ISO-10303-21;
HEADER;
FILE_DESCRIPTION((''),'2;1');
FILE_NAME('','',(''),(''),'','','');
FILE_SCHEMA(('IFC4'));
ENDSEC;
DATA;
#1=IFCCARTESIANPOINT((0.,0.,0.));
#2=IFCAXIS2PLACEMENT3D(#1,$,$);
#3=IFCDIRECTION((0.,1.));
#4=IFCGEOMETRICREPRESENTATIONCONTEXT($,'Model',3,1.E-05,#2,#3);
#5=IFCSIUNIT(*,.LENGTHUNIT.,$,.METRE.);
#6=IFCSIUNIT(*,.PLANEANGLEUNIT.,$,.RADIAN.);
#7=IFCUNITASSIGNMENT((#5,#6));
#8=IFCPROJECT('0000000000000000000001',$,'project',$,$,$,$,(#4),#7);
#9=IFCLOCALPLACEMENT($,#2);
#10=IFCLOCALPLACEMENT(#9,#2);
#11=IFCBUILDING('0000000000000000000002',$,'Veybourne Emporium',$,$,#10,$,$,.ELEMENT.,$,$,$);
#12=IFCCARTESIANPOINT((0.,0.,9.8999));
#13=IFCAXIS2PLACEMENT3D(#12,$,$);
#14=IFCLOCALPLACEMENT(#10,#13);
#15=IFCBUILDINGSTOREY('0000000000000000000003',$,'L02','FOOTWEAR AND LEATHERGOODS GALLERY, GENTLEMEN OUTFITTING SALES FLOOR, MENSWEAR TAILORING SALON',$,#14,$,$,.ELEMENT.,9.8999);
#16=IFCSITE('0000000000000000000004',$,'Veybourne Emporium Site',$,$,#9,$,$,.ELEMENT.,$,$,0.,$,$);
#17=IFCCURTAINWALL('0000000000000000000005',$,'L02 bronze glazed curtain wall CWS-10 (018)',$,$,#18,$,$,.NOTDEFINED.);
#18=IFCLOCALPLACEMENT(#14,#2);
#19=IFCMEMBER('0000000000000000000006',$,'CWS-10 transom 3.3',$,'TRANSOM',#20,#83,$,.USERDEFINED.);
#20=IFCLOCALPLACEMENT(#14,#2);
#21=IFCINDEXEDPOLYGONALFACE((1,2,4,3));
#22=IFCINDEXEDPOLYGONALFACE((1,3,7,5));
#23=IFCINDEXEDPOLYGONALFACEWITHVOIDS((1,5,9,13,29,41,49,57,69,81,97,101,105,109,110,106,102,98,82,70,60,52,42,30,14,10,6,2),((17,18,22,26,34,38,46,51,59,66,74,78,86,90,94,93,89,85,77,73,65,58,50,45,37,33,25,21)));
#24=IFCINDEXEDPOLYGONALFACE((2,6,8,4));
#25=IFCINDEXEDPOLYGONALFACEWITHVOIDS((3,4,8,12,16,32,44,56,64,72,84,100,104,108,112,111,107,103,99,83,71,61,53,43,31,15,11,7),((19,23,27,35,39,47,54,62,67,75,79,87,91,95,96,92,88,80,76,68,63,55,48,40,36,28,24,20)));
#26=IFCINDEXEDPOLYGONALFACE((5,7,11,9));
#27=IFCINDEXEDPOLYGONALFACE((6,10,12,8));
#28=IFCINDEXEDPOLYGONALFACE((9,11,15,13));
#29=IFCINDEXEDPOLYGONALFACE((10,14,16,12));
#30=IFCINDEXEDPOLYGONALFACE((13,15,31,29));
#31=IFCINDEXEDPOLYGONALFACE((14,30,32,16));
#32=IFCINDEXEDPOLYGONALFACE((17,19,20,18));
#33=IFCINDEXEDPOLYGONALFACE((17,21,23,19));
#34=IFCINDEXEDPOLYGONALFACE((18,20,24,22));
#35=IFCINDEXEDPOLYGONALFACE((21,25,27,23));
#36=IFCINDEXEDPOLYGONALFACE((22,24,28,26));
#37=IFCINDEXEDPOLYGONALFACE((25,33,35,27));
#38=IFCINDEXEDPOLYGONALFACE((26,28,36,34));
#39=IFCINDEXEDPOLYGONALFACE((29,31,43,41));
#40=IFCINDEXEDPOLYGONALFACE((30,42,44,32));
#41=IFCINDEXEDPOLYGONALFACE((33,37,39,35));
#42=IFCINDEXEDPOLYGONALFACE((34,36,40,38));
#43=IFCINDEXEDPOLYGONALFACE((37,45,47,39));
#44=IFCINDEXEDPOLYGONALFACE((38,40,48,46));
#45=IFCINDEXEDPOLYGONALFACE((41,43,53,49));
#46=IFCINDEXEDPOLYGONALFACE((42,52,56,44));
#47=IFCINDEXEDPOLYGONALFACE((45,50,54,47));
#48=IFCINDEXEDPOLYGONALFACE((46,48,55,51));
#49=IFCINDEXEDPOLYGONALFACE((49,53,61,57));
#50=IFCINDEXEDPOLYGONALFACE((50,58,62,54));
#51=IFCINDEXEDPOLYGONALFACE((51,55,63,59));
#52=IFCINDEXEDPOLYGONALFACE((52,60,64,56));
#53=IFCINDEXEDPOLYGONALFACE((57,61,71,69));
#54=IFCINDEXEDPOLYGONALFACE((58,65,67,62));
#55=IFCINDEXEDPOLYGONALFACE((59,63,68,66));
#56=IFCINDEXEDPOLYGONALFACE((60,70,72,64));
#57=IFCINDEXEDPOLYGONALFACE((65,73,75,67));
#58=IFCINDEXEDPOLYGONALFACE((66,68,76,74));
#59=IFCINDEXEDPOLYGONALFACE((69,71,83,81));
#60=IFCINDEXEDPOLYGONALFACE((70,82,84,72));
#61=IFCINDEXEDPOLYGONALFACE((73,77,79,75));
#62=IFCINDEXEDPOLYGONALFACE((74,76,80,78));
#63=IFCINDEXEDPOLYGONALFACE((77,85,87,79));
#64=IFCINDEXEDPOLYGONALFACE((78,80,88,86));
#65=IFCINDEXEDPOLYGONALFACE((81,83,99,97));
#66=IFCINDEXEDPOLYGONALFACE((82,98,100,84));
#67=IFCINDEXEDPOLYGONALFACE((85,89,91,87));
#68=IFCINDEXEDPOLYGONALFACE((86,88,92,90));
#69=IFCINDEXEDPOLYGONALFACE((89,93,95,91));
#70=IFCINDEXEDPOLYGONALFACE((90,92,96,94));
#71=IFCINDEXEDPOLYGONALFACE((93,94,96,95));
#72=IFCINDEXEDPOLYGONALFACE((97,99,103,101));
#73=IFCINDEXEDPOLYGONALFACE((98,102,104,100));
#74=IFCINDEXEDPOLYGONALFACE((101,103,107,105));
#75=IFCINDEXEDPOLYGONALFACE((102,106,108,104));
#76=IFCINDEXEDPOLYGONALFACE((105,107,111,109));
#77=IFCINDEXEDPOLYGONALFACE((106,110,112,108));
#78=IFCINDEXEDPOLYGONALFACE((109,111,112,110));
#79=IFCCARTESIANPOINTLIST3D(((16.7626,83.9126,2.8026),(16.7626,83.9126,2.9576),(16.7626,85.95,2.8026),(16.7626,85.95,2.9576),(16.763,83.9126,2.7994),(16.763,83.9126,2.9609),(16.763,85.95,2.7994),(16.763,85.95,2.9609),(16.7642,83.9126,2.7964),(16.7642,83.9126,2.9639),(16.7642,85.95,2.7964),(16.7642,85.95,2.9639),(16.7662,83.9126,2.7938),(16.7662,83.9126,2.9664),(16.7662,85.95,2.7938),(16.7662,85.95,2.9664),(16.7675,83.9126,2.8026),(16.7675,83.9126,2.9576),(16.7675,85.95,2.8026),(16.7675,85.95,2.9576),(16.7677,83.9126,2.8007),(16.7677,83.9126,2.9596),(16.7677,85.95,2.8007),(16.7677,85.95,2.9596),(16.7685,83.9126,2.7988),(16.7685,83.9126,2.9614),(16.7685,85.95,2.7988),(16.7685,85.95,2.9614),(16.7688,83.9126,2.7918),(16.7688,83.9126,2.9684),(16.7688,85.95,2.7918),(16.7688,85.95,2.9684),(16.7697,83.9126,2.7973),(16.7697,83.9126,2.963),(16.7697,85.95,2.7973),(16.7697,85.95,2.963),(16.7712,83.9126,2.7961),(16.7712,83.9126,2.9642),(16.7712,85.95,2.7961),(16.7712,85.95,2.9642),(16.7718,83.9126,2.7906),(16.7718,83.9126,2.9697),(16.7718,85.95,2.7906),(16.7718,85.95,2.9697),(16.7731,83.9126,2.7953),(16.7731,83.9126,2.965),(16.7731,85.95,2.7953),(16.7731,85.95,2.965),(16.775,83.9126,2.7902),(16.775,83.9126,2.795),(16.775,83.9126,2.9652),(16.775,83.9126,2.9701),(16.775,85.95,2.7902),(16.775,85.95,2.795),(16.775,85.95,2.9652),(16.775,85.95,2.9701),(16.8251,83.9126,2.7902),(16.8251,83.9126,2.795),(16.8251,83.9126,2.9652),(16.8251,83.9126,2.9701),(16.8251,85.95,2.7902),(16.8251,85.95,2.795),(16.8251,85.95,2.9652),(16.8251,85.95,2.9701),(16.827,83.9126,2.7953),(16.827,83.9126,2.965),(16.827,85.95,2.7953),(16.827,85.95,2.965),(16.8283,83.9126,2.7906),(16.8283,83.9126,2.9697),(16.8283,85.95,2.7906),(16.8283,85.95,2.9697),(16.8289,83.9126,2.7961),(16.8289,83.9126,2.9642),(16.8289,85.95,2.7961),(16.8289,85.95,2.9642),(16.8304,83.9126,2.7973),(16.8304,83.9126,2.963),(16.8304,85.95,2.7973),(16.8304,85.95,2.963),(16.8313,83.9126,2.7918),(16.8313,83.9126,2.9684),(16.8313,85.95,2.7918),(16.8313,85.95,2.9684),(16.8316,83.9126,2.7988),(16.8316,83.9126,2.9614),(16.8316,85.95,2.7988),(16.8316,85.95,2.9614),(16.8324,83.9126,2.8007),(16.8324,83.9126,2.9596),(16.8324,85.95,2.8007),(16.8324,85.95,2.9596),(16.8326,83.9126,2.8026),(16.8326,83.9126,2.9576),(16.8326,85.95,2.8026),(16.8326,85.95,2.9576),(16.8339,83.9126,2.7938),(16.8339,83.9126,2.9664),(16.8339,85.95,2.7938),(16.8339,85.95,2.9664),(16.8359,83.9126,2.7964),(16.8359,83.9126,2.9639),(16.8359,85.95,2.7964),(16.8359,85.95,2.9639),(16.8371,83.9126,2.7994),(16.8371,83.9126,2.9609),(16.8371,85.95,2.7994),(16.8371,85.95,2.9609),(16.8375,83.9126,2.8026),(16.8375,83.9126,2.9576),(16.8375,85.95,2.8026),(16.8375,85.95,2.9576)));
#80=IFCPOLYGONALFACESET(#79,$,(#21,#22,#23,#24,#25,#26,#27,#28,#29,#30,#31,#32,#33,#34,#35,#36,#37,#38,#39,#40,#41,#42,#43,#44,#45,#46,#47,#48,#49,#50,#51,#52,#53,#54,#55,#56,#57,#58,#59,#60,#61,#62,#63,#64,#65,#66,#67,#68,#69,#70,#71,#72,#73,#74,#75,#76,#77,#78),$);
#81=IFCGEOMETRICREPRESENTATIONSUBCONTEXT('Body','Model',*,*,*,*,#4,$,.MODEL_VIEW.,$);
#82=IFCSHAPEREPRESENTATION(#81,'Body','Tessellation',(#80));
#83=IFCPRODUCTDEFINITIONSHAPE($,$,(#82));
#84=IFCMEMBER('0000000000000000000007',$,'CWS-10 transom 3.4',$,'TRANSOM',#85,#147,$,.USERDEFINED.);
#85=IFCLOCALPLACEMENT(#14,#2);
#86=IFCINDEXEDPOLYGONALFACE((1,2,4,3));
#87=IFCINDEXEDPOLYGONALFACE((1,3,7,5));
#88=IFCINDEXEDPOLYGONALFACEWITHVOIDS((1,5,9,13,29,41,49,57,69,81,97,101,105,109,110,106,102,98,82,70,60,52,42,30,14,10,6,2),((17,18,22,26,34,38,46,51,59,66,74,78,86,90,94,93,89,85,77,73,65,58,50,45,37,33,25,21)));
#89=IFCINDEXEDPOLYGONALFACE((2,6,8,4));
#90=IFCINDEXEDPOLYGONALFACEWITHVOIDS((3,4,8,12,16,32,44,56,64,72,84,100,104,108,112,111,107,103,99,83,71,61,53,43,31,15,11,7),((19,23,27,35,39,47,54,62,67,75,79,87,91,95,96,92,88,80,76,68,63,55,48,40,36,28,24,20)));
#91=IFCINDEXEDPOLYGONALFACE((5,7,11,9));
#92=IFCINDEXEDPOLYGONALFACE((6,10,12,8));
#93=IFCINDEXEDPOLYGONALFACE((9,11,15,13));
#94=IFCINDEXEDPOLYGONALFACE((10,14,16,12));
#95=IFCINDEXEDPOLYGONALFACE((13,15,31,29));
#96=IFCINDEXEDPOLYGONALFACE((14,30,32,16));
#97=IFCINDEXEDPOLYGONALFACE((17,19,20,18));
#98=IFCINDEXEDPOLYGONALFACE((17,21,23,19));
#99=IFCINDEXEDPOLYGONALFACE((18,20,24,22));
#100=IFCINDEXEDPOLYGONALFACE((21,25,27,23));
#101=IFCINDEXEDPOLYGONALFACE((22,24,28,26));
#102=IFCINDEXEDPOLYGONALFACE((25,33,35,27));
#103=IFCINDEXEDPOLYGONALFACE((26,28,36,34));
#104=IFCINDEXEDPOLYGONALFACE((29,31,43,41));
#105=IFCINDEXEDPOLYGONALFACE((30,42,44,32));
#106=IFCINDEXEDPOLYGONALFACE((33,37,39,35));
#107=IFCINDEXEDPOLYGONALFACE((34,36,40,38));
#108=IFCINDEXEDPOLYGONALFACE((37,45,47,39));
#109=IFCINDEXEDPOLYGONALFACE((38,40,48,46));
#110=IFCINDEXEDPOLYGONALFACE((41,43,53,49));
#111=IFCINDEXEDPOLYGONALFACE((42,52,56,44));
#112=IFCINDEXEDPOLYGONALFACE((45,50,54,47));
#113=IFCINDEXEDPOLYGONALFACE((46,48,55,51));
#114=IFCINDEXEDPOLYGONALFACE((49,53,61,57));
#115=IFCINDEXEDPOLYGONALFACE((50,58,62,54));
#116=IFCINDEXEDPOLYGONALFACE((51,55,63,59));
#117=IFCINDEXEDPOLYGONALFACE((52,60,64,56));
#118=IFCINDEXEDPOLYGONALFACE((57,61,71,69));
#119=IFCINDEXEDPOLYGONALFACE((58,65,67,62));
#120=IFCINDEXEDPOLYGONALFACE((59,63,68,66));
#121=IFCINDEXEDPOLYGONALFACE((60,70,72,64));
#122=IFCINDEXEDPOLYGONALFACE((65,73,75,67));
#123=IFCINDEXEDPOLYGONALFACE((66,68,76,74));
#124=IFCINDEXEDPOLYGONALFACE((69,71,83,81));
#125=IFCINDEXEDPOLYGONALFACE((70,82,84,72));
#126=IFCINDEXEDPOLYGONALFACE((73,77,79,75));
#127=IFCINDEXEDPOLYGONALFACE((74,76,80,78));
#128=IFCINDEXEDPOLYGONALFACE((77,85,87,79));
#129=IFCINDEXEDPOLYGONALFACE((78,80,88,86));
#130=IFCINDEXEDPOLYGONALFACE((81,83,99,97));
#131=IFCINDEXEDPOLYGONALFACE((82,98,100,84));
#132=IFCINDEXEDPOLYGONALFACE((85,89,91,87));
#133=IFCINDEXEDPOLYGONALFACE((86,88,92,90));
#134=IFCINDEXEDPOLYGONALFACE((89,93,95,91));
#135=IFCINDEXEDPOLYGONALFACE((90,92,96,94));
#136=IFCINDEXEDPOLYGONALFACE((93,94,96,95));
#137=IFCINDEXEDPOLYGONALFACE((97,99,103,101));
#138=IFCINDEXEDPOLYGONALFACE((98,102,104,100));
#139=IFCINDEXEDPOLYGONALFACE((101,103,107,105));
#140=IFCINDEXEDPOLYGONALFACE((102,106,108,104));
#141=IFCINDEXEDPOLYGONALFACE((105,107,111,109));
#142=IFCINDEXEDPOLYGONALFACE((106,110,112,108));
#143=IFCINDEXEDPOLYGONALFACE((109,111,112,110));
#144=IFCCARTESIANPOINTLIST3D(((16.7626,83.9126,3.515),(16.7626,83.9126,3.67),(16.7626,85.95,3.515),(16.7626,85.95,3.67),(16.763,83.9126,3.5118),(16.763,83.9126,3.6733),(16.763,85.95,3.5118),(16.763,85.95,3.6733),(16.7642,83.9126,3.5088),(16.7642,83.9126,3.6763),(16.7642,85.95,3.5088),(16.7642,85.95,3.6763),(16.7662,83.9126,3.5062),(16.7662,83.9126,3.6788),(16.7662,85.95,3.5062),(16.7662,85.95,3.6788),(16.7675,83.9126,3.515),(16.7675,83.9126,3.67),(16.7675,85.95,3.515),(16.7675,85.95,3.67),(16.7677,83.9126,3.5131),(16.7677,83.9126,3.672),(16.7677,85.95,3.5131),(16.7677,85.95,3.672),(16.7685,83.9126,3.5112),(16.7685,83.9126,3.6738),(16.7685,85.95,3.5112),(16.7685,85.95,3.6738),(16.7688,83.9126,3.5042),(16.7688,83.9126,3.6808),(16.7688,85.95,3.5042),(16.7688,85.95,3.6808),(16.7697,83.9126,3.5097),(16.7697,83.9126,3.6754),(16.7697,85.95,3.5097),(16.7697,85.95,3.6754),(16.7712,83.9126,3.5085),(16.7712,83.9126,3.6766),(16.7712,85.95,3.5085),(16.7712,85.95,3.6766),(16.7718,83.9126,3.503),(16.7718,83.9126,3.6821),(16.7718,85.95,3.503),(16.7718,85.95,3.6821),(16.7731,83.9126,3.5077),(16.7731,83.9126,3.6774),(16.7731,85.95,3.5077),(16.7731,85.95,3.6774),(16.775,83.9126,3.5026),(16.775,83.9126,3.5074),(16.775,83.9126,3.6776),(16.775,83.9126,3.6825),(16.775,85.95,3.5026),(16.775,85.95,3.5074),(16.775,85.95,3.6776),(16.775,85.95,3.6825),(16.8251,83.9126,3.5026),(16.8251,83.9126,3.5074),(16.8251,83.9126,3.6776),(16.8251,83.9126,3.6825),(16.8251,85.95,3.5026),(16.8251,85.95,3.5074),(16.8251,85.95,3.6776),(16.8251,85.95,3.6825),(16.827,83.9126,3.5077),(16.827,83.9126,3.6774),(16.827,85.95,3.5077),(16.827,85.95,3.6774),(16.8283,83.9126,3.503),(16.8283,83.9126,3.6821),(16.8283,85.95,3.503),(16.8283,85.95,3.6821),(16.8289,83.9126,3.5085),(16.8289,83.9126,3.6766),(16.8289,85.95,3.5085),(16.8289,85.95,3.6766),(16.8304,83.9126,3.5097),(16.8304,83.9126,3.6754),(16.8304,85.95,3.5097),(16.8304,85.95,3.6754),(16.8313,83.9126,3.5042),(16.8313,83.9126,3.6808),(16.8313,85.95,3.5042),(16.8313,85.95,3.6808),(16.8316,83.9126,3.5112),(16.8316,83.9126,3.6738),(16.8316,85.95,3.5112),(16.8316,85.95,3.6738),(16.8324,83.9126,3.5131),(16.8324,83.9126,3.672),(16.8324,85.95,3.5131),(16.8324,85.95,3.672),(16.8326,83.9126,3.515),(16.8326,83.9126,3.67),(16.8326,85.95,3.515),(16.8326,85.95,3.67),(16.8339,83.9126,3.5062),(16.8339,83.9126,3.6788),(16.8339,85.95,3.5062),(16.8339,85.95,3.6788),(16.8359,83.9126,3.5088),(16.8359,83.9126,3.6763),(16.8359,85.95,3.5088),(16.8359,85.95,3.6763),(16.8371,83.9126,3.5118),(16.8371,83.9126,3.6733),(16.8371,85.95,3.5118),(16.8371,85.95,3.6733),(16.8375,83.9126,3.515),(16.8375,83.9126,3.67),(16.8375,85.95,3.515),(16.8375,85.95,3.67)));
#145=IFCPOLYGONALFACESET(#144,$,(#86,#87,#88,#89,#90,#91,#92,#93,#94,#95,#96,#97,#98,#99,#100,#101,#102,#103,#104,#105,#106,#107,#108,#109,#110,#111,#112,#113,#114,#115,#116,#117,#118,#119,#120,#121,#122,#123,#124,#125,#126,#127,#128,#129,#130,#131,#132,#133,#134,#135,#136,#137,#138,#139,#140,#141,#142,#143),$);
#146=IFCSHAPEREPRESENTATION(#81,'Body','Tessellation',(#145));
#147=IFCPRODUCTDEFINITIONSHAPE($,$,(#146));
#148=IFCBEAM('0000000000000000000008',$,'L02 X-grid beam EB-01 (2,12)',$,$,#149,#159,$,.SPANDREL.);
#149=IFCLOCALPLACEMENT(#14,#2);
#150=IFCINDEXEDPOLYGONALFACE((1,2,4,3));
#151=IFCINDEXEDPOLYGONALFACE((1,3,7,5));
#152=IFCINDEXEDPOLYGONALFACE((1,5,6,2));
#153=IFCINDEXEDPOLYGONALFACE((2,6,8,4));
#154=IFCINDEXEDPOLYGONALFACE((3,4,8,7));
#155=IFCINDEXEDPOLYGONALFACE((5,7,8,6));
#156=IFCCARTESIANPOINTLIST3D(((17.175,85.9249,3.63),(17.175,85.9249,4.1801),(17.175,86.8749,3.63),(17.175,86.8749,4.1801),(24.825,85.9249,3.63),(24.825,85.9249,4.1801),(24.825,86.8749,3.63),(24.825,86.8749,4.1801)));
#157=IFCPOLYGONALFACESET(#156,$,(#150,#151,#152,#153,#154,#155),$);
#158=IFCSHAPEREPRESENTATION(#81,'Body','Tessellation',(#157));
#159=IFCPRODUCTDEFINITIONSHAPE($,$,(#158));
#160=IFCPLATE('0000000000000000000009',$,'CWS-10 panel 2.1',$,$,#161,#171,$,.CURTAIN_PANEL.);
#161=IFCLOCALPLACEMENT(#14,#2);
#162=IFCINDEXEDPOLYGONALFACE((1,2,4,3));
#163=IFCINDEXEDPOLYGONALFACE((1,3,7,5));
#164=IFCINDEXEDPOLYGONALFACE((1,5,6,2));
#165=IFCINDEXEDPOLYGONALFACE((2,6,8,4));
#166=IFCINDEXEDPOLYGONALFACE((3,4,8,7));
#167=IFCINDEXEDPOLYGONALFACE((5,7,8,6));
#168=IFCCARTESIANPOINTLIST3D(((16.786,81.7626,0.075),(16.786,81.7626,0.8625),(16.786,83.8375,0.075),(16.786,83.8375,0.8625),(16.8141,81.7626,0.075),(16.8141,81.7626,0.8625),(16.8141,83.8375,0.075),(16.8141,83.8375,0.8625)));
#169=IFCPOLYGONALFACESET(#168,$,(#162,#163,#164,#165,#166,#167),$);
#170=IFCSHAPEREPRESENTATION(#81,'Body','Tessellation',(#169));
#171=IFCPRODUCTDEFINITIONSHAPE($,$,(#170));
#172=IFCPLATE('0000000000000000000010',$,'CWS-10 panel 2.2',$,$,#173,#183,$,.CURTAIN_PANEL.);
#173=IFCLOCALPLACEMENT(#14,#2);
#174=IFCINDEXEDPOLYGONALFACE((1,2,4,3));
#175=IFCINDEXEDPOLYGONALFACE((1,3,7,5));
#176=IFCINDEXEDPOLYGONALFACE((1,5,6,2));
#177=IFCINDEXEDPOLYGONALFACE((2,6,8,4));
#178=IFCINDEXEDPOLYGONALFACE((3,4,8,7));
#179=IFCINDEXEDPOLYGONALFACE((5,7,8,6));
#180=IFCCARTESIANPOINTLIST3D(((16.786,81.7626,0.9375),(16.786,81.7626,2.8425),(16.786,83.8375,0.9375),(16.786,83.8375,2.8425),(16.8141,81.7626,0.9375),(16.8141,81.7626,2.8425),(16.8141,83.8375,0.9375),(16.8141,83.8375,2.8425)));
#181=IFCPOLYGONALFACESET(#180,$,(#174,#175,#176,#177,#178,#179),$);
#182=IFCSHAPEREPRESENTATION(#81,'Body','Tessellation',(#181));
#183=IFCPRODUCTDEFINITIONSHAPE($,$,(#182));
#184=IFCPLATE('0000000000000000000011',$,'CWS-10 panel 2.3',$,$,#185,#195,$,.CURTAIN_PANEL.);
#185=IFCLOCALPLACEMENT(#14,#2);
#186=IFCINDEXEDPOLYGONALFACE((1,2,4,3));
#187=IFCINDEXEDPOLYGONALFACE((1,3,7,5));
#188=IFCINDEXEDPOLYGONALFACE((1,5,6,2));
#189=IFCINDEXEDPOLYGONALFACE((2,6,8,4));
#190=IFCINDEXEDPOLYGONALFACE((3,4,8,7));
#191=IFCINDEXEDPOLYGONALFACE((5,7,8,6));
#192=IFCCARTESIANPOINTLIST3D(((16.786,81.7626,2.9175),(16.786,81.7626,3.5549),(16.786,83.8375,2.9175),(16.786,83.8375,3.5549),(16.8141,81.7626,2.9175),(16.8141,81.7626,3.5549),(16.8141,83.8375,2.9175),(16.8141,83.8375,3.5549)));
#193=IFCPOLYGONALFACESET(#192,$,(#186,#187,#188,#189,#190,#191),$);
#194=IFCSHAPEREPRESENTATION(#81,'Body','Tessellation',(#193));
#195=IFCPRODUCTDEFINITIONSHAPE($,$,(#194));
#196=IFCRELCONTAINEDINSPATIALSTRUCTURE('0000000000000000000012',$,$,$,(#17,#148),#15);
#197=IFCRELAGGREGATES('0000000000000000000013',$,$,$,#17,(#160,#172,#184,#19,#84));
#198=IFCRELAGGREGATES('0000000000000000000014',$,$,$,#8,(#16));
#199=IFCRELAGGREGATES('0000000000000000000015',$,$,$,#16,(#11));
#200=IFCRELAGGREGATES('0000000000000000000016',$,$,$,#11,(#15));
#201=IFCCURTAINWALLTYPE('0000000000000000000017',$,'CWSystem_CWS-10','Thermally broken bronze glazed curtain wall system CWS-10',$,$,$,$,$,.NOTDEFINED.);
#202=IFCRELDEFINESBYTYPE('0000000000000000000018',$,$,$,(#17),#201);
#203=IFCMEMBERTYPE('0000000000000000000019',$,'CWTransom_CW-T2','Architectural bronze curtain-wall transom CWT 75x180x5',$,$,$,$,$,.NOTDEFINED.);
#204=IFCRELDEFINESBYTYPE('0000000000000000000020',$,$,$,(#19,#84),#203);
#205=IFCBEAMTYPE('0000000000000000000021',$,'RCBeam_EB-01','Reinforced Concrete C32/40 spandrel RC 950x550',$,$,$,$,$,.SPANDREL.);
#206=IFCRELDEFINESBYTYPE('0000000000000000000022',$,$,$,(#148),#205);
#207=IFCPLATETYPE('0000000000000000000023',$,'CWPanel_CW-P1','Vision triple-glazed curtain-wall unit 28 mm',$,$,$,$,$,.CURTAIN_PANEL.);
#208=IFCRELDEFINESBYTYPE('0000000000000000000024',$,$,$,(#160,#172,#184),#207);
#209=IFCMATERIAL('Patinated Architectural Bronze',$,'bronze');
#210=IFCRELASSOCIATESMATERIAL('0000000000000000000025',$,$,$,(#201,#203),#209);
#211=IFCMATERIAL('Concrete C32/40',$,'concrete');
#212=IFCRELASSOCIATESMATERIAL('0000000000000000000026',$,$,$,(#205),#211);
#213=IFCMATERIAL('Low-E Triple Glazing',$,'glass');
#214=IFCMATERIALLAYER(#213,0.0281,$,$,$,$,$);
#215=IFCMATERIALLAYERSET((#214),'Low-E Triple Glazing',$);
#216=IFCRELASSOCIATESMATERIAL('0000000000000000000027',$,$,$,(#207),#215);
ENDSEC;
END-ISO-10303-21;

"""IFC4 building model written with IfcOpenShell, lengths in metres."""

from ifc_helpers import new_model, si_unit, direction, frame, origin, origin_2d, place, context, subcontext, project, spatial, rectangle, hollow_rectangle, extrude, material, layer, layer_set, material_profile, profile_set, type_object, element, aggregate, save


model = new_model("IFC4")

# Units and contexts
model_context = context("Model", 3, precision=1e-05, world=origin(), true_north=direction((0.0, 1.0)))
body_context = subcontext(model_context, "Body", "Model", "MODEL_VIEW")
ifc_project = project(units=[si_unit("LENGTHUNIT", "METRE"), si_unit("PLANEANGLEUNIT", "RADIAN")], contexts=[model_context])

# Site, building, storey
site_placement = place(None, origin())
site = spatial("IfcSite", under=ifc_project, at=site_placement, Name="Veybourne Emporium Site", CompositionType="ELEMENT", RefElevation=0.0)
building_placement = place(site_placement, origin())
building = spatial("IfcBuilding", under=site, at=building_placement, Name="Veybourne Emporium", CompositionType="ELEMENT")
storey_placement = place(building_placement, frame((0.0, 0.0, 9.8999)))
storey = spatial("IfcBuildingStorey", under=building, at=storey_placement, Name="L02", Description="FOOTWEAR AND LEATHERGOODS GALLERY, GENTLEMEN OUTFITTING SALES FLOOR, MENSWEAR TAILORING SALON", CompositionType="ELEMENT", Elevation=9.8999)

# Curtain wall, members
ifc_material_1 = material(Name="Patinated Architectural Bronze", Category="bronze")
curtain_wall_type = type_object("IfcCurtainWallType", Name="CWSystem_CWS-10", Description="Thermally broken bronze glazed curtain wall system CWS-10", PredefinedType="NOTDEFINED", material=ifc_material_1)
curtain_wall_placement = place(storey_placement, origin())
curtain_wall = element("IfcCurtainWall", 1, at=curtain_wall_placement, inside=storey, type_object=curtain_wall_type, Name="L02 bronze glazed curtain wall CWS-10 (018)", PredefinedType="NOTDEFINED")
ifc_material_profile_1 = material_profile(ifc_material_1, hollow_rectangle(XDim=0.075, YDim=0.1799, WallThickness=0.0049, InnerFilletRadius=0.0076, OuterFilletRadius=0.0125, at=origin_2d()), Name="CWT 75x180x5")
ifc_profile_set_1 = profile_set([ifc_material_profile_1], Name="Patinated Architectural Bronze")
member_type_1 = type_object("IfcMemberType", Name="CWTransom_CW-T2", Description="Architectural bronze curtain-wall transom CWT 75x180x5", PredefinedType="NOTDEFINED", material=ifc_profile_set_1)
member_1_placement = place(storey_placement, frame((16.8, 83.9126, 2.8801), z_axis=(0.0, 1.0, 0.0), x_axis=(-1.0, 0.0, 0.0)))
member_1 = element("IfcMember", 2, at=member_1_placement, type_object=member_type_1, Name="CWS-10 transom 3.3", ObjectType="TRANSOM", PredefinedType="USERDEFINED", context=body_context, shape_type="SweptSolid", body=[
    extrude(hollow_rectangle(XDim=0.075, YDim=0.1799, WallThickness=0.0049, InnerFilletRadius=0.0076, OuterFilletRadius=0.0125, at=origin_2d()), origin(), (0.0, 0.0, 1.0), 2.0374),
])
member_2_placement = place(storey_placement, frame((16.8, 83.9126, 3.5925), z_axis=(0.0, 1.0, 0.0), x_axis=(-1.0, 0.0, 0.0)))
member_2 = element("IfcMember", 3, at=member_2_placement, type_object=member_type_1, Name="CWS-10 transom 3.4", ObjectType="TRANSOM", PredefinedType="USERDEFINED", context=body_context, shape_type="SweptSolid", body=[
    extrude(hollow_rectangle(XDim=0.075, YDim=0.1799, WallThickness=0.0049, InnerFilletRadius=0.0076, OuterFilletRadius=0.0125, at=origin_2d()), origin(), (0.0, 0.0, 1.0), 2.0374),
])

# Beam
ifc_material_2 = material(Name="Concrete C32/40", Category="concrete")
ifc_material_profile_2 = material_profile(ifc_material_2, rectangle(XDim=0.95, YDim=0.55, at=origin_2d()), Name="RC 950x550")
ifc_profile_set_2 = profile_set([ifc_material_profile_2], Name="Concrete C32/40")
beam_type = type_object("IfcBeamType", Name="RCBeam_EB-01", Description="Reinforced Concrete C32/40 spandrel RC 950x550", PredefinedType="SPANDREL", material=ifc_profile_set_2)
beam_placement = place(storey_placement, frame((17.175, 86.3999, 3.905), z_axis=(1.0, 0.0, 0.0), x_axis=(0.0, 1.0, 0.0)))
element("IfcBeam", 4, at=beam_placement, inside=storey, type_object=beam_type, Name="L02 X-grid beam EB-01 (2,12)", PredefinedType="SPANDREL", context=body_context, shape_type="SweptSolid", body=[
    extrude(rectangle(XDim=0.95, YDim=0.55, at=origin_2d()), origin(), (0.0, 0.0, 1.0), 7.6499),
])

# Plates
ifc_material_3 = material(Name="Low-E Triple Glazing", Category="glass")
ifc_layer_1 = layer(ifc_material_3, 0.0281)
ifc_layer_set_1 = layer_set([ifc_layer_1], Name="Low-E Triple Glazing")
plate_type = type_object("IfcPlateType", Name="CWPanel_CW-P1", Description="Vision triple-glazed curtain-wall unit 28 mm", PredefinedType="CURTAIN_PANEL", material=ifc_layer_set_1)
plate_1_placement = place(storey_placement, frame((16.8, 82.8, 0.075), z_axis=(0.0, 0.0, 1.0), x_axis=(0.0, 1.0, 0.0)))
plate_1 = element("IfcPlate", 5, at=plate_1_placement, type_object=plate_type, Name="CWS-10 panel 2.1", PredefinedType="CURTAIN_PANEL", context=body_context, shape_type="SweptSolid", body=[
    extrude(rectangle(XDim=2.075, YDim=0.0281, at=origin_2d()), origin(), (0.0, 0.0, 1.0), 0.7876),
])
plate_2_placement = place(storey_placement, frame((16.8, 82.8, 0.9375), z_axis=(0.0, 0.0, 1.0), x_axis=(0.0, 1.0, 0.0)))
plate_2 = element("IfcPlate", 6, at=plate_2_placement, type_object=plate_type, Name="CWS-10 panel 2.2", PredefinedType="CURTAIN_PANEL", context=body_context, shape_type="SweptSolid", body=[
    extrude(rectangle(XDim=2.075, YDim=0.0281, at=origin_2d()), origin(), (0.0, 0.0, 1.0), 1.905),
])
plate_3_placement = place(storey_placement, frame((16.8, 82.8, 2.9175), z_axis=(0.0, 0.0, 1.0), x_axis=(0.0, 1.0, 0.0)))
plate_3 = element("IfcPlate", 7, at=plate_3_placement, type_object=plate_type, Name="CWS-10 panel 2.3", PredefinedType="CURTAIN_PANEL", context=body_context, shape_type="SweptSolid", body=[
    extrude(rectangle(XDim=2.075, YDim=0.0281, at=origin_2d()), origin(), (0.0, 0.0, 1.0), 0.6375),
])
aggregate(curtain_wall, [plate_1, plate_2, plate_3, member_1, member_2])

save(model, "model.ifc")
